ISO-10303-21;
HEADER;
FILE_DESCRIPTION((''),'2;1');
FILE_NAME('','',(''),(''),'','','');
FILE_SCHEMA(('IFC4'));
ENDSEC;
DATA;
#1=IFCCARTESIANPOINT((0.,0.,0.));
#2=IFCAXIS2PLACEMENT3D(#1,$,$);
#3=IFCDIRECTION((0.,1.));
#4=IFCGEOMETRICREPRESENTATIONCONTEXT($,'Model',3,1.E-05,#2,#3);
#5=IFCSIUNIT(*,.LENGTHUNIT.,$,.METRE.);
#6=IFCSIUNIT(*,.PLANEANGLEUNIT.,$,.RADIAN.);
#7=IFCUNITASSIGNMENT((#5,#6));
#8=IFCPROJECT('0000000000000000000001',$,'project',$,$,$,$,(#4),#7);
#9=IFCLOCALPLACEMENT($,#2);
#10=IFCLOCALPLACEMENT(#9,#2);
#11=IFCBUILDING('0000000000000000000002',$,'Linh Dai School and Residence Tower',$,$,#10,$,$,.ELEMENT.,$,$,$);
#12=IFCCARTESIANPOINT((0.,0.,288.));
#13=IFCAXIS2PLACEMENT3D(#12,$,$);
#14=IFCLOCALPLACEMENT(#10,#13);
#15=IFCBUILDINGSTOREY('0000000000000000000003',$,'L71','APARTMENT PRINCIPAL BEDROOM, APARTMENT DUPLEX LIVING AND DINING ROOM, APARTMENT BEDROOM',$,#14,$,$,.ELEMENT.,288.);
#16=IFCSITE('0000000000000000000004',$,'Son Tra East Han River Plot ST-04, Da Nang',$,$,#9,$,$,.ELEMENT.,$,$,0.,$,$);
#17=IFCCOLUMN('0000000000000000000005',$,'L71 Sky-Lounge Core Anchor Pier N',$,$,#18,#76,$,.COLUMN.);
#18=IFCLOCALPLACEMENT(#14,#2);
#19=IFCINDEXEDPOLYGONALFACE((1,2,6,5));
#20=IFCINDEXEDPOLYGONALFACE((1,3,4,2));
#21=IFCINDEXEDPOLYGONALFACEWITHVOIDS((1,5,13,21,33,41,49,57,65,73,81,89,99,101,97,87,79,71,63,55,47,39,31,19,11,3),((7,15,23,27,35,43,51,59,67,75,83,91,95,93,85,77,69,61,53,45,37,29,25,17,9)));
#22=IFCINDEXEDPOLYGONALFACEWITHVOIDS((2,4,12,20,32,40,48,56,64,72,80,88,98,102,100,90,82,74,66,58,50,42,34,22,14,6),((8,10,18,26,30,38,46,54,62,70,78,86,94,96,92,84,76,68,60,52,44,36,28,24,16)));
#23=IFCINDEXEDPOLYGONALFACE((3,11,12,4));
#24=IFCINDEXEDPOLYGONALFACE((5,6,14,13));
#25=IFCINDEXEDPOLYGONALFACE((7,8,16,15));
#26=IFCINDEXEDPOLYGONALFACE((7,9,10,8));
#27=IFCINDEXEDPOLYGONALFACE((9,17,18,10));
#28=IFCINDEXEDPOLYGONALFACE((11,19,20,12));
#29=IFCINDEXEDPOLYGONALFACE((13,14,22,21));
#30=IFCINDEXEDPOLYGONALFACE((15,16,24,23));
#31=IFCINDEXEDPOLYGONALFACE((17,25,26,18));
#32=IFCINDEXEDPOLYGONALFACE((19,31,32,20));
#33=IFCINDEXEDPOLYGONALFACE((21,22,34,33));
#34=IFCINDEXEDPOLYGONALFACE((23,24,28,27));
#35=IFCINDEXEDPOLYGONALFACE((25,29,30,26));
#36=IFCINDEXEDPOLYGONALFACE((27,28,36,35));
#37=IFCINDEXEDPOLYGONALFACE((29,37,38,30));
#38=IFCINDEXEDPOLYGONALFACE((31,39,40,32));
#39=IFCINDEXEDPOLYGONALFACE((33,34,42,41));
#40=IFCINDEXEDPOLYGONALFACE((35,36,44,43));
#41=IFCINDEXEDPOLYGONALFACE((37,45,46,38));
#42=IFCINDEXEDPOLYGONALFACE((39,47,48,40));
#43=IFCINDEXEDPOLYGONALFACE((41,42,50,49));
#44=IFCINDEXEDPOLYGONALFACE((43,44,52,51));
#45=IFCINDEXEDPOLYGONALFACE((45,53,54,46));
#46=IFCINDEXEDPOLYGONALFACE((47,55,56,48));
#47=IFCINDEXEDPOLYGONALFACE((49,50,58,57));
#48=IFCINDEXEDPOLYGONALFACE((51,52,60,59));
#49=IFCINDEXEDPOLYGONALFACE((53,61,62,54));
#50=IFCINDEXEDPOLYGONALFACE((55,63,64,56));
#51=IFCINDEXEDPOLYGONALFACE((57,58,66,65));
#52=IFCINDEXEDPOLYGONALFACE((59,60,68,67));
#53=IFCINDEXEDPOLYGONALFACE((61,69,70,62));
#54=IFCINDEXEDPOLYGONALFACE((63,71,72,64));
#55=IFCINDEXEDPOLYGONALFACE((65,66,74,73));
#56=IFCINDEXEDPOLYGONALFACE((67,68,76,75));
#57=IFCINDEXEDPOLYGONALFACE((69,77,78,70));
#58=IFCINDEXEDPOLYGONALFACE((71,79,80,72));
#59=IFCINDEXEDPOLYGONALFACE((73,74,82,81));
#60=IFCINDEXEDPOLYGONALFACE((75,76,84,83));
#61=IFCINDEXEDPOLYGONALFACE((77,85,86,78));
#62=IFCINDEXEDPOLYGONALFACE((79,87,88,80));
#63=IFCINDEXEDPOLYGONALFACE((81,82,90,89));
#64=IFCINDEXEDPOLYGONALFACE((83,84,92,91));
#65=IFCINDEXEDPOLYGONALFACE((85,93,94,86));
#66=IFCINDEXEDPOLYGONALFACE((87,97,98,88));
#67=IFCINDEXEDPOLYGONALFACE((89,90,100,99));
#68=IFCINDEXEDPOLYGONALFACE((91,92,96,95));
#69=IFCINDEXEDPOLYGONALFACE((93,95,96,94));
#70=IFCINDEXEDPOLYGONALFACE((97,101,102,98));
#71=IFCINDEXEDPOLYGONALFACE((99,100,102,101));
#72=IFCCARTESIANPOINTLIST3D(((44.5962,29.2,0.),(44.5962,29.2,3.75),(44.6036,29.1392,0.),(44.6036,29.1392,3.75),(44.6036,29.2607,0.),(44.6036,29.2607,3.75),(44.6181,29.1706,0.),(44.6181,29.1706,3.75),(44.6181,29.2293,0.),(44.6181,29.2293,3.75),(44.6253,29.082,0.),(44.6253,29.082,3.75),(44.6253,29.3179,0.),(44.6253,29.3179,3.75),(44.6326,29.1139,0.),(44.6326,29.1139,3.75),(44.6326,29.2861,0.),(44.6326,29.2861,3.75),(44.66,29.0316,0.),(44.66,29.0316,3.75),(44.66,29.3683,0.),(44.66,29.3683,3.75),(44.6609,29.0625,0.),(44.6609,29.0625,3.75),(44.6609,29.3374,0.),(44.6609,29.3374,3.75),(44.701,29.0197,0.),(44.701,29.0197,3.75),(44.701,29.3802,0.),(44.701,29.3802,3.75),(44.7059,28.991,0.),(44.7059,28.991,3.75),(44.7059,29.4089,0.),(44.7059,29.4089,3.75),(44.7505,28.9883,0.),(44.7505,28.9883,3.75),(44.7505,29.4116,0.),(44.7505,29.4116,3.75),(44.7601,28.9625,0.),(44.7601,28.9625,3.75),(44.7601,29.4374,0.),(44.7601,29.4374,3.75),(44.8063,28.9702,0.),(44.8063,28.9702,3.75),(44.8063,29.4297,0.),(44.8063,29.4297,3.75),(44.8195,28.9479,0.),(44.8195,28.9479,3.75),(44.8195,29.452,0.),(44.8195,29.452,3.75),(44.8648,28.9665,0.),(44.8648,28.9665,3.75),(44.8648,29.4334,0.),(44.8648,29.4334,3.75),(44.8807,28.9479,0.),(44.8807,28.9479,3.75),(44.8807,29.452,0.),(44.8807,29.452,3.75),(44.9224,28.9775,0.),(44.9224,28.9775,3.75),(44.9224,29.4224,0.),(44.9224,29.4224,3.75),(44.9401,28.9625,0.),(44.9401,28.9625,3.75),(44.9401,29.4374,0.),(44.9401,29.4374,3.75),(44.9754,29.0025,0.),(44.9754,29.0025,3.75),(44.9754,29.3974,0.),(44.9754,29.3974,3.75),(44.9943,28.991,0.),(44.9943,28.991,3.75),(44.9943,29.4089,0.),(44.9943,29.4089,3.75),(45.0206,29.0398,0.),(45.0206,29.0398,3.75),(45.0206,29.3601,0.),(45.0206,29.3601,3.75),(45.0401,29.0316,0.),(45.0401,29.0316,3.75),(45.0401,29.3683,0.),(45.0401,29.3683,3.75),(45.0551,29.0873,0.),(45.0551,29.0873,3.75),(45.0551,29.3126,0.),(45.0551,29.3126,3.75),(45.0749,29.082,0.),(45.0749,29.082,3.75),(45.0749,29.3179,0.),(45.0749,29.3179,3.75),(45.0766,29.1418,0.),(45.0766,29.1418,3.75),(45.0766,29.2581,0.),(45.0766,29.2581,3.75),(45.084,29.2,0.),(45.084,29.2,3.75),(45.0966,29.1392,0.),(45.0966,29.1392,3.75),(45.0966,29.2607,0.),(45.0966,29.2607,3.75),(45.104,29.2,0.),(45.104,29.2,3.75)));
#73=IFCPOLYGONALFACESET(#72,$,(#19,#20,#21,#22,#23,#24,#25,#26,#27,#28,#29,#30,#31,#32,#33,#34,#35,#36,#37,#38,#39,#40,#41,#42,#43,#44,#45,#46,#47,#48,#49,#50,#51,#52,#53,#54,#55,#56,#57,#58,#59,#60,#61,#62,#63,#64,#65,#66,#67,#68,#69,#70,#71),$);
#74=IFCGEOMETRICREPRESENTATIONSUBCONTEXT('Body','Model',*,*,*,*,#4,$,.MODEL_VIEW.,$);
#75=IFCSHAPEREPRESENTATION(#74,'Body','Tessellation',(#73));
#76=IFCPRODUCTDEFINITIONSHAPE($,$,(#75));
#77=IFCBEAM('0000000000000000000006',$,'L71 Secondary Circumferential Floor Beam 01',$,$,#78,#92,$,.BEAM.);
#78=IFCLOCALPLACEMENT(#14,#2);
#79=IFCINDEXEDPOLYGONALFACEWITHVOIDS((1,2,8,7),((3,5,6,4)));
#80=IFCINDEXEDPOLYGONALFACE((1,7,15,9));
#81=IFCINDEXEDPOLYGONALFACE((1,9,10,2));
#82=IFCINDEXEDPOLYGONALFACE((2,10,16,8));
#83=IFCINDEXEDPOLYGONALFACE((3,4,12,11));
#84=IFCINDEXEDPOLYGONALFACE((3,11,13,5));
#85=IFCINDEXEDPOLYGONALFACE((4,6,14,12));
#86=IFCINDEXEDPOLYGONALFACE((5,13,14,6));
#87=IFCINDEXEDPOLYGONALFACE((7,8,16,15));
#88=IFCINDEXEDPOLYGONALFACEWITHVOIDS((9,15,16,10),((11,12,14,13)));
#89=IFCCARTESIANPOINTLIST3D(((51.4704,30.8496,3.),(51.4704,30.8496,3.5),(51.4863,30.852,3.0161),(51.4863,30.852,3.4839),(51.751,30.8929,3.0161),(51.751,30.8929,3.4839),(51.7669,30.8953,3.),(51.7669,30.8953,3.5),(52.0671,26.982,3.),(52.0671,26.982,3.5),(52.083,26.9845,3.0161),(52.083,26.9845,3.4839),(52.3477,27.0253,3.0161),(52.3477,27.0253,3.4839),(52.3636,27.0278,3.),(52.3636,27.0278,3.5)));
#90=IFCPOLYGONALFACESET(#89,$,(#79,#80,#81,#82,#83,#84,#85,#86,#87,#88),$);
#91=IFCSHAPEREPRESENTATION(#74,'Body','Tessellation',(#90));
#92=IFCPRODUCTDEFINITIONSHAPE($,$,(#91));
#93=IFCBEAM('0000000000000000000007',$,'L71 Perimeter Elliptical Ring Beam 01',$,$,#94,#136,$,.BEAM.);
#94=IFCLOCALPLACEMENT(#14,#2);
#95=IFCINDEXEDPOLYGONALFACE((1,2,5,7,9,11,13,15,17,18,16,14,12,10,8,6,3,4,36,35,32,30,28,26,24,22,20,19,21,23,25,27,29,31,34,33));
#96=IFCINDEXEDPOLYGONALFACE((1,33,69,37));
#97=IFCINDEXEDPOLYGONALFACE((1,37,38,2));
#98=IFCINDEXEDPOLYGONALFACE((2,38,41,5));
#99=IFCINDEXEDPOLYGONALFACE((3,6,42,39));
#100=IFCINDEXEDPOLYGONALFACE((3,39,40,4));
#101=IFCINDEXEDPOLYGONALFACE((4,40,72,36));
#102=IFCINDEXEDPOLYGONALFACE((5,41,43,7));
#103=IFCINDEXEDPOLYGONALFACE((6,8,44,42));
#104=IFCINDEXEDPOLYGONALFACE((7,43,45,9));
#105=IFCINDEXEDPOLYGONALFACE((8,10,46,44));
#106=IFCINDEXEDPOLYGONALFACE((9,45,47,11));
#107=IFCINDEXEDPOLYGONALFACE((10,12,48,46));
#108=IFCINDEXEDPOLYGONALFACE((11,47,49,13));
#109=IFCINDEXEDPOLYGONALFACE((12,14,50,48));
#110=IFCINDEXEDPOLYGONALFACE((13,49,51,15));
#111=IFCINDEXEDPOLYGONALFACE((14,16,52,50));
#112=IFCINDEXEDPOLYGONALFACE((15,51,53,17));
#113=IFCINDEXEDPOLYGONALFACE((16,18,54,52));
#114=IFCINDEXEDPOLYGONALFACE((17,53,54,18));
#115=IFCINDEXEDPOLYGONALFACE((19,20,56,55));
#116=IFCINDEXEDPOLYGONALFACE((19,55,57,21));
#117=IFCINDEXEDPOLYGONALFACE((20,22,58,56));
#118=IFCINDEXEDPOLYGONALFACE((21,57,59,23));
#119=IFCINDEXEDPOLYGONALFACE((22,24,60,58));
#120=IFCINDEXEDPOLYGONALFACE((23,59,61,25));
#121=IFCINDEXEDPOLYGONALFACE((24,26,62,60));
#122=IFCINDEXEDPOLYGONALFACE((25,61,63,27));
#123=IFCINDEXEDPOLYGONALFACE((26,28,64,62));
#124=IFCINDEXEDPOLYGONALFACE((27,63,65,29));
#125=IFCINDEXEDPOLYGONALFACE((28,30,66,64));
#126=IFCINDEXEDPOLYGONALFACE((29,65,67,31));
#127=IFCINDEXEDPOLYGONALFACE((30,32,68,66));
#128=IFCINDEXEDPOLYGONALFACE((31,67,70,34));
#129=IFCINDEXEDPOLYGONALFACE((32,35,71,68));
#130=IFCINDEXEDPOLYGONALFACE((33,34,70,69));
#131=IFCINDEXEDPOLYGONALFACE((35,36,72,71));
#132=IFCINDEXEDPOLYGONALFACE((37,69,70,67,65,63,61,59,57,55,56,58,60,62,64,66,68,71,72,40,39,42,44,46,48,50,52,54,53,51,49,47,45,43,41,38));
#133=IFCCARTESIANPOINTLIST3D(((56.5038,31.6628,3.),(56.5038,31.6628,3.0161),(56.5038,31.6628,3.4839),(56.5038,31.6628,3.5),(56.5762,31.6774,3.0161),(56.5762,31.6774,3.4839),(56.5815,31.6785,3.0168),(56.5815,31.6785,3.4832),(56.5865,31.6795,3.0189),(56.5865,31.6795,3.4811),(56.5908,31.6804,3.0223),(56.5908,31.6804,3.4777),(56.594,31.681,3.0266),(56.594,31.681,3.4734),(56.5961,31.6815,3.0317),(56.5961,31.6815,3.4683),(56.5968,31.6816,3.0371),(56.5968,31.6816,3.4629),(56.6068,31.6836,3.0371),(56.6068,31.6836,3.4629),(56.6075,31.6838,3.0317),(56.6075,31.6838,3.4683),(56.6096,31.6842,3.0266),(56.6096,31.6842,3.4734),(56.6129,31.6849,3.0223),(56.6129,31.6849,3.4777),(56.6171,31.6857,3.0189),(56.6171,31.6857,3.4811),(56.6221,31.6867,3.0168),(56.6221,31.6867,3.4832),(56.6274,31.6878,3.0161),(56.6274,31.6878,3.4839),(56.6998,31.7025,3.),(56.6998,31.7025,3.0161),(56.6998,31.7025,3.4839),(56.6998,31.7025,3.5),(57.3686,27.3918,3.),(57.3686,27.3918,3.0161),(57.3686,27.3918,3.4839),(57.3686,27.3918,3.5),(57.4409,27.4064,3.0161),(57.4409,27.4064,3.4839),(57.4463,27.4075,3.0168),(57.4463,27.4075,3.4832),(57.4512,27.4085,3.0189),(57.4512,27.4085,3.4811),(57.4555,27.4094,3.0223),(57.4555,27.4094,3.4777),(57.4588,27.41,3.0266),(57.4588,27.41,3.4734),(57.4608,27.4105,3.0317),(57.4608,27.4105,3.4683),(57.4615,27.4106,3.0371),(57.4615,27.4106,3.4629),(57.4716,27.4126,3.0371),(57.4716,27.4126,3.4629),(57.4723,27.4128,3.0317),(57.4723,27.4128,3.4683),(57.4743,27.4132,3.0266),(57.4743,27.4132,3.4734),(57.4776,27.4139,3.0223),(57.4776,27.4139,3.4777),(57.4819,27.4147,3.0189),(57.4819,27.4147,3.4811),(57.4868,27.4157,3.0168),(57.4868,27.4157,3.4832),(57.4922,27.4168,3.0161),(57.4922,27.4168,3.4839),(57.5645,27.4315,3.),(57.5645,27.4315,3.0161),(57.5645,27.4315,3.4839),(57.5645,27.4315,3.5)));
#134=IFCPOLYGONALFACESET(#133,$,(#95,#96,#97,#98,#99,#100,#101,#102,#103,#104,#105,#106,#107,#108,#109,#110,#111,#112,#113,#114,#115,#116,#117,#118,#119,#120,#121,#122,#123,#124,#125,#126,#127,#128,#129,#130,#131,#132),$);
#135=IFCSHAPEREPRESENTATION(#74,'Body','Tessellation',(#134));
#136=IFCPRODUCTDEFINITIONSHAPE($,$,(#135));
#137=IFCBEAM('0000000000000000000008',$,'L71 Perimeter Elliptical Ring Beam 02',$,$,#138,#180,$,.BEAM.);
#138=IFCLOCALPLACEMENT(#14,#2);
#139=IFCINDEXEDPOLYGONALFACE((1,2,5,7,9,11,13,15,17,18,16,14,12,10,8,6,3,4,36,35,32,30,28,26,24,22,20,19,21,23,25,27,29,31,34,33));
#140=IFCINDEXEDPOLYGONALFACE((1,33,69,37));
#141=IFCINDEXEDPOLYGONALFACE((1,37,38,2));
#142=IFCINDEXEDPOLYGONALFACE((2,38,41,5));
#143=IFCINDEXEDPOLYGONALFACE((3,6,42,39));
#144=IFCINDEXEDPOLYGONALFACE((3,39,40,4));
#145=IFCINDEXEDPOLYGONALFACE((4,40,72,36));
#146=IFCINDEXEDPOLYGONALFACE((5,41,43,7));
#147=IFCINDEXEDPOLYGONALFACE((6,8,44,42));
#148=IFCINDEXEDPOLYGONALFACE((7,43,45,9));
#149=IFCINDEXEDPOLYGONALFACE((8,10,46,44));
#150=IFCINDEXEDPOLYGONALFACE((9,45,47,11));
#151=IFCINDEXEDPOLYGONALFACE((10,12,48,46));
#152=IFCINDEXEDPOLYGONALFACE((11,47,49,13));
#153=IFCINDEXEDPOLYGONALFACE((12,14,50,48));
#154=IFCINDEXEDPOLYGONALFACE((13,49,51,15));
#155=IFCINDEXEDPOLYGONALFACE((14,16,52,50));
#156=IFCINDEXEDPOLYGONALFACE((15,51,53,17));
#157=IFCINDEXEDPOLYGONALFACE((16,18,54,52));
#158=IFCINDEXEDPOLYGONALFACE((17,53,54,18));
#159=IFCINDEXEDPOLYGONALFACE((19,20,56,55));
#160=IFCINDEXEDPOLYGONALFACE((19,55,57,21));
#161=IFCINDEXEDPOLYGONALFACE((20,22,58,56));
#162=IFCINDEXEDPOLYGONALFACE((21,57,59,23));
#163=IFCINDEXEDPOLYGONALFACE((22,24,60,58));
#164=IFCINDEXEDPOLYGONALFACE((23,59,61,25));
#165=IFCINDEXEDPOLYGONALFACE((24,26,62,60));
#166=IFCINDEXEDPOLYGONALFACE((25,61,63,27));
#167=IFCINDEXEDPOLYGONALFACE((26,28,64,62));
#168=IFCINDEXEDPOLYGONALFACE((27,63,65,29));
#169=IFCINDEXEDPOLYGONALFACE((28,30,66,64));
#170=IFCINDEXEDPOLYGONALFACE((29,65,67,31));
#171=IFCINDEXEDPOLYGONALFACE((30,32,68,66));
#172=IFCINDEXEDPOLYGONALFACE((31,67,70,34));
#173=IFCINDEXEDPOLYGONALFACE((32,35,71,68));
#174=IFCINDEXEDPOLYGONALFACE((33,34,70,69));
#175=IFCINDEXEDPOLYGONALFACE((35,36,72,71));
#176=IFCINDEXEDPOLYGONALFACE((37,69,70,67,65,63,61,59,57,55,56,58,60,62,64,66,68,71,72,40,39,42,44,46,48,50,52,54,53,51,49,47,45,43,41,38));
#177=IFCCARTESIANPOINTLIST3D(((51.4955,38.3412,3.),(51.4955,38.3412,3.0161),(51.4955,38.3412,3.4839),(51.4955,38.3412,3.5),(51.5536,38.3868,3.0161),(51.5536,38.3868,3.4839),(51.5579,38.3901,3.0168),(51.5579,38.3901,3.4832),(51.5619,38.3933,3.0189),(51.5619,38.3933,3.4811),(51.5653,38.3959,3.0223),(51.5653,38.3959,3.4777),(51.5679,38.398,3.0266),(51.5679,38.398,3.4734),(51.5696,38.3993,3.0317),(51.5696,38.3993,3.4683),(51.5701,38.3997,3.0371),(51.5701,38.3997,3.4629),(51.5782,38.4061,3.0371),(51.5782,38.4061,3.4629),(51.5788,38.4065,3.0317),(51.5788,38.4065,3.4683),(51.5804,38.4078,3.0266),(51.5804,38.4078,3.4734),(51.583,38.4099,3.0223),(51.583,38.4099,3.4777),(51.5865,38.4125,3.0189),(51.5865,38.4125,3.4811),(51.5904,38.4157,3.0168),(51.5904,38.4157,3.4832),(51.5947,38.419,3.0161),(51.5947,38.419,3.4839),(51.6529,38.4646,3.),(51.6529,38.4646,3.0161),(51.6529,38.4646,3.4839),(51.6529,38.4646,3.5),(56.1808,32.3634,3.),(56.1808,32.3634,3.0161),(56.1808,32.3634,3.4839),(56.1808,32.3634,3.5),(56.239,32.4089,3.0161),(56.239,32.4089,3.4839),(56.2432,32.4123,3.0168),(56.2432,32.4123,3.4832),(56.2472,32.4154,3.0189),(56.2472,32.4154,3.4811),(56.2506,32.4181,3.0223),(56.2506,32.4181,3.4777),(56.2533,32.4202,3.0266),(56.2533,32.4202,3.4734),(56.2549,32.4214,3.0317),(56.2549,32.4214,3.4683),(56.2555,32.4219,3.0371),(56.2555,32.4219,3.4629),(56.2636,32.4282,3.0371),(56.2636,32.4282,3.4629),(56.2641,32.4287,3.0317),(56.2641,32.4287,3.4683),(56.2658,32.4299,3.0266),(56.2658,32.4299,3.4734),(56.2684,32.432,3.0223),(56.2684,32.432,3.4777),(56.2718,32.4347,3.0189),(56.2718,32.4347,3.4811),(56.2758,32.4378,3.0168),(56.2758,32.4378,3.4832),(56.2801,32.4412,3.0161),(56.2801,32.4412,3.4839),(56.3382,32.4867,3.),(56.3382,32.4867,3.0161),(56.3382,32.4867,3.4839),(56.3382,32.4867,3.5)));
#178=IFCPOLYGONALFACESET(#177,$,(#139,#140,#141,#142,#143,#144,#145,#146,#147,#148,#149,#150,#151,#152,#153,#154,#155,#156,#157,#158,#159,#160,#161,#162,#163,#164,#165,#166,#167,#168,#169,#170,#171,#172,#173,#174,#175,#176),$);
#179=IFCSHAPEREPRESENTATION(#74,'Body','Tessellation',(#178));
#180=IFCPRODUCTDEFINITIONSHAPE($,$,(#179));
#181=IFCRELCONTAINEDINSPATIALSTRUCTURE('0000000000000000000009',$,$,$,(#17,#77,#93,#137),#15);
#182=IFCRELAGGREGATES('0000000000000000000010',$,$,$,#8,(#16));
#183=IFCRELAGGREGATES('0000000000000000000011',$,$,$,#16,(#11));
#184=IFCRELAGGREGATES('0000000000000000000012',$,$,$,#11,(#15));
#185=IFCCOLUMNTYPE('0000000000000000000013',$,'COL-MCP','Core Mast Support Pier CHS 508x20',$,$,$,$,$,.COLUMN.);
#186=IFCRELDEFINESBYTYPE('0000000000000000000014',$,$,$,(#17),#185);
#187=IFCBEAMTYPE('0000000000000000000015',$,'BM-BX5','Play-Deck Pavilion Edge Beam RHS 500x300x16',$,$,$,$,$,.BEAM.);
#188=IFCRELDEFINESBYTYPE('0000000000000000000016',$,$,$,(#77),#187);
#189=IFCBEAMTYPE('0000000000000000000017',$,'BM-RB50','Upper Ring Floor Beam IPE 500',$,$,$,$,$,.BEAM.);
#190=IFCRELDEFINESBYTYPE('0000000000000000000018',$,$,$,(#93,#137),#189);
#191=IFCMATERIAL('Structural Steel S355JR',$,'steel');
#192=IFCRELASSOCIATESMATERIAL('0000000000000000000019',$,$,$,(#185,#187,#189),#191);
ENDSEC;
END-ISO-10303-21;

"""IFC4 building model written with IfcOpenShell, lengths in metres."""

from ifc_helpers import new_model, si_unit, direction, frame, origin, origin_2d, place, context, subcontext, project, spatial, hollow_rectangle, hollow_circle, i_section, extrude, material, material_profile, profile_set, type_object, element, save


model = new_model("IFC4")

# Units and contexts
model_context = context("Model", 3, precision=1e-05, world=origin(), true_north=direction((0.0, 1.0)))
body_context = subcontext(model_context, "Body", "Model", "MODEL_VIEW")
ifc_project = project(units=[si_unit("LENGTHUNIT", "METRE"), si_unit("PLANEANGLEUNIT", "RADIAN")], contexts=[model_context])

# Site, building, storey
site_placement = place(None, origin())
site = spatial("IfcSite", under=ifc_project, at=site_placement, Name="Son Tra East Han River Plot ST-04, Da Nang", CompositionType="ELEMENT", RefElevation=0.0)
building_placement = place(site_placement, origin())
building = spatial("IfcBuilding", under=site, at=building_placement, Name="Linh Dai School and Residence Tower", CompositionType="ELEMENT")
storey_placement = place(building_placement, frame((0.0, 0.0, 288.0)))
storey = spatial("IfcBuildingStorey", under=building, at=storey_placement, Name="L71", Description="APARTMENT PRINCIPAL BEDROOM, APARTMENT DUPLEX LIVING AND DINING ROOM, APARTMENT BEDROOM", CompositionType="ELEMENT", Elevation=288.0)

# Column
ifc_material_1 = material(Name="Structural Steel S355JR", Category="steel")
ifc_material_profile_1 = material_profile(ifc_material_1, hollow_circle(Radius=0.2539, WallThickness=0.02, at=origin_2d()), Name="CHS 508x20")
ifc_profile_set_1 = profile_set([ifc_material_profile_1], Name="Structural Steel S355JR")
column_type_1 = type_object("IfcColumnType", Name="COL-MCP", Description="Core Mast Support Pier CHS 508x20", PredefinedType="COLUMN", material=ifc_profile_set_1)
column_1_placement = place(storey_placement, frame((44.8501, 29.2, 0.0), z_axis=(0.0, 0.0, 1.0), x_axis=(1.0, 0.0, 0.0)))
element("IfcColumn", 1, at=column_1_placement, inside=storey, type_object=column_type_1, Name="L71 Sky-Lounge Core Anchor Pier N", PredefinedType="COLUMN", context=body_context, shape_type="SweptSolid", body=[
    extrude(hollow_circle(Radius=0.2539, WallThickness=0.02, at=origin_2d()), origin(), (0.0, 0.0, 1.0), 3.75),
])

# Beams
ifc_material_profile_2 = material_profile(ifc_material_1, hollow_rectangle(XDim=0.3, YDim=0.5, WallThickness=0.0161, at=origin_2d()), Name="RHS 500x300x16")
ifc_profile_set_2 = profile_set([ifc_material_profile_2], Name="Structural Steel S355JR")
beam_type_1 = type_object("IfcBeamType", Name="BM-BX5", Description="Play-Deck Pavilion Edge Beam RHS 500x300x16", PredefinedType="BEAM", material=ifc_profile_set_2)
beam_1_placement = place(storey_placement, frame((52.2153, 27.0049, 3.25), z_axis=(-0.15247, 0.988308, 0.0), x_axis=(-0.988308, -0.15247, 0.0)))
element("IfcBeam", 2, at=beam_1_placement, inside=storey, type_object=beam_type_1, Name="L71 Secondary Circumferential Floor Beam 01", PredefinedType="BEAM", context=body_context, shape_type="SweptSolid", body=[
    extrude(hollow_rectangle(XDim=0.3, YDim=0.5, WallThickness=0.0161, at=origin_2d()), origin(), (0.0, 0.0, 1.0), 3.9133),
])
ifc_material_profile_3 = material_profile(ifc_material_1, i_section(OverallWidth=0.2, OverallDepth=0.5, WebThickness=0.0103, FlangeThickness=0.0161, FilletRadius=0.021, at=origin_2d()), Name="IPE 500")
ifc_profile_set_3 = profile_set([ifc_material_profile_3], Name="Structural Steel S355JR")
beam_type_2 = type_object("IfcBeamType", Name="BM-RB50", Description="Upper Ring Floor Beam IPE 500", PredefinedType="BEAM", material=ifc_profile_set_3)
beam_2_placement = place(storey_placement, frame((57.4666, 27.4116, 3.25), z_axis=(-0.198443, 0.980112, 0.0), x_axis=(-0.980112, -0.198443, 0.0)))
element("IfcBeam", 3, at=beam_2_placement, inside=storey, type_object=beam_type_2, Name="L71 Perimeter Elliptical Ring Beam 01", PredefinedType="BEAM", context=body_context, shape_type="SweptSolid", body=[
    extrude(i_section(OverallWidth=0.2, OverallDepth=0.5, WebThickness=0.0103, FlangeThickness=0.0161, FilletRadius=0.021, at=origin_2d()), origin(), (0.0, 0.0, 1.0), 4.3577),
])
beam_3_placement = place(storey_placement, frame((56.2595, 32.425, 3.25), z_axis=(-0.616883, 0.787055, 0.0), x_axis=(-0.787055, -0.616883, 0.0)))
element("IfcBeam", 4, at=beam_3_placement, inside=storey, type_object=beam_type_2, Name="L71 Perimeter Elliptical Ring Beam 02", PredefinedType="BEAM", context=body_context, shape_type="SweptSolid", body=[
    extrude(i_section(OverallWidth=0.2, OverallDepth=0.5, WebThickness=0.0103, FlangeThickness=0.0161, FilletRadius=0.021, at=origin_2d()), origin(), (0.0, 0.0, 1.0), 7.5952),
])

save(model, "model.ifc")
